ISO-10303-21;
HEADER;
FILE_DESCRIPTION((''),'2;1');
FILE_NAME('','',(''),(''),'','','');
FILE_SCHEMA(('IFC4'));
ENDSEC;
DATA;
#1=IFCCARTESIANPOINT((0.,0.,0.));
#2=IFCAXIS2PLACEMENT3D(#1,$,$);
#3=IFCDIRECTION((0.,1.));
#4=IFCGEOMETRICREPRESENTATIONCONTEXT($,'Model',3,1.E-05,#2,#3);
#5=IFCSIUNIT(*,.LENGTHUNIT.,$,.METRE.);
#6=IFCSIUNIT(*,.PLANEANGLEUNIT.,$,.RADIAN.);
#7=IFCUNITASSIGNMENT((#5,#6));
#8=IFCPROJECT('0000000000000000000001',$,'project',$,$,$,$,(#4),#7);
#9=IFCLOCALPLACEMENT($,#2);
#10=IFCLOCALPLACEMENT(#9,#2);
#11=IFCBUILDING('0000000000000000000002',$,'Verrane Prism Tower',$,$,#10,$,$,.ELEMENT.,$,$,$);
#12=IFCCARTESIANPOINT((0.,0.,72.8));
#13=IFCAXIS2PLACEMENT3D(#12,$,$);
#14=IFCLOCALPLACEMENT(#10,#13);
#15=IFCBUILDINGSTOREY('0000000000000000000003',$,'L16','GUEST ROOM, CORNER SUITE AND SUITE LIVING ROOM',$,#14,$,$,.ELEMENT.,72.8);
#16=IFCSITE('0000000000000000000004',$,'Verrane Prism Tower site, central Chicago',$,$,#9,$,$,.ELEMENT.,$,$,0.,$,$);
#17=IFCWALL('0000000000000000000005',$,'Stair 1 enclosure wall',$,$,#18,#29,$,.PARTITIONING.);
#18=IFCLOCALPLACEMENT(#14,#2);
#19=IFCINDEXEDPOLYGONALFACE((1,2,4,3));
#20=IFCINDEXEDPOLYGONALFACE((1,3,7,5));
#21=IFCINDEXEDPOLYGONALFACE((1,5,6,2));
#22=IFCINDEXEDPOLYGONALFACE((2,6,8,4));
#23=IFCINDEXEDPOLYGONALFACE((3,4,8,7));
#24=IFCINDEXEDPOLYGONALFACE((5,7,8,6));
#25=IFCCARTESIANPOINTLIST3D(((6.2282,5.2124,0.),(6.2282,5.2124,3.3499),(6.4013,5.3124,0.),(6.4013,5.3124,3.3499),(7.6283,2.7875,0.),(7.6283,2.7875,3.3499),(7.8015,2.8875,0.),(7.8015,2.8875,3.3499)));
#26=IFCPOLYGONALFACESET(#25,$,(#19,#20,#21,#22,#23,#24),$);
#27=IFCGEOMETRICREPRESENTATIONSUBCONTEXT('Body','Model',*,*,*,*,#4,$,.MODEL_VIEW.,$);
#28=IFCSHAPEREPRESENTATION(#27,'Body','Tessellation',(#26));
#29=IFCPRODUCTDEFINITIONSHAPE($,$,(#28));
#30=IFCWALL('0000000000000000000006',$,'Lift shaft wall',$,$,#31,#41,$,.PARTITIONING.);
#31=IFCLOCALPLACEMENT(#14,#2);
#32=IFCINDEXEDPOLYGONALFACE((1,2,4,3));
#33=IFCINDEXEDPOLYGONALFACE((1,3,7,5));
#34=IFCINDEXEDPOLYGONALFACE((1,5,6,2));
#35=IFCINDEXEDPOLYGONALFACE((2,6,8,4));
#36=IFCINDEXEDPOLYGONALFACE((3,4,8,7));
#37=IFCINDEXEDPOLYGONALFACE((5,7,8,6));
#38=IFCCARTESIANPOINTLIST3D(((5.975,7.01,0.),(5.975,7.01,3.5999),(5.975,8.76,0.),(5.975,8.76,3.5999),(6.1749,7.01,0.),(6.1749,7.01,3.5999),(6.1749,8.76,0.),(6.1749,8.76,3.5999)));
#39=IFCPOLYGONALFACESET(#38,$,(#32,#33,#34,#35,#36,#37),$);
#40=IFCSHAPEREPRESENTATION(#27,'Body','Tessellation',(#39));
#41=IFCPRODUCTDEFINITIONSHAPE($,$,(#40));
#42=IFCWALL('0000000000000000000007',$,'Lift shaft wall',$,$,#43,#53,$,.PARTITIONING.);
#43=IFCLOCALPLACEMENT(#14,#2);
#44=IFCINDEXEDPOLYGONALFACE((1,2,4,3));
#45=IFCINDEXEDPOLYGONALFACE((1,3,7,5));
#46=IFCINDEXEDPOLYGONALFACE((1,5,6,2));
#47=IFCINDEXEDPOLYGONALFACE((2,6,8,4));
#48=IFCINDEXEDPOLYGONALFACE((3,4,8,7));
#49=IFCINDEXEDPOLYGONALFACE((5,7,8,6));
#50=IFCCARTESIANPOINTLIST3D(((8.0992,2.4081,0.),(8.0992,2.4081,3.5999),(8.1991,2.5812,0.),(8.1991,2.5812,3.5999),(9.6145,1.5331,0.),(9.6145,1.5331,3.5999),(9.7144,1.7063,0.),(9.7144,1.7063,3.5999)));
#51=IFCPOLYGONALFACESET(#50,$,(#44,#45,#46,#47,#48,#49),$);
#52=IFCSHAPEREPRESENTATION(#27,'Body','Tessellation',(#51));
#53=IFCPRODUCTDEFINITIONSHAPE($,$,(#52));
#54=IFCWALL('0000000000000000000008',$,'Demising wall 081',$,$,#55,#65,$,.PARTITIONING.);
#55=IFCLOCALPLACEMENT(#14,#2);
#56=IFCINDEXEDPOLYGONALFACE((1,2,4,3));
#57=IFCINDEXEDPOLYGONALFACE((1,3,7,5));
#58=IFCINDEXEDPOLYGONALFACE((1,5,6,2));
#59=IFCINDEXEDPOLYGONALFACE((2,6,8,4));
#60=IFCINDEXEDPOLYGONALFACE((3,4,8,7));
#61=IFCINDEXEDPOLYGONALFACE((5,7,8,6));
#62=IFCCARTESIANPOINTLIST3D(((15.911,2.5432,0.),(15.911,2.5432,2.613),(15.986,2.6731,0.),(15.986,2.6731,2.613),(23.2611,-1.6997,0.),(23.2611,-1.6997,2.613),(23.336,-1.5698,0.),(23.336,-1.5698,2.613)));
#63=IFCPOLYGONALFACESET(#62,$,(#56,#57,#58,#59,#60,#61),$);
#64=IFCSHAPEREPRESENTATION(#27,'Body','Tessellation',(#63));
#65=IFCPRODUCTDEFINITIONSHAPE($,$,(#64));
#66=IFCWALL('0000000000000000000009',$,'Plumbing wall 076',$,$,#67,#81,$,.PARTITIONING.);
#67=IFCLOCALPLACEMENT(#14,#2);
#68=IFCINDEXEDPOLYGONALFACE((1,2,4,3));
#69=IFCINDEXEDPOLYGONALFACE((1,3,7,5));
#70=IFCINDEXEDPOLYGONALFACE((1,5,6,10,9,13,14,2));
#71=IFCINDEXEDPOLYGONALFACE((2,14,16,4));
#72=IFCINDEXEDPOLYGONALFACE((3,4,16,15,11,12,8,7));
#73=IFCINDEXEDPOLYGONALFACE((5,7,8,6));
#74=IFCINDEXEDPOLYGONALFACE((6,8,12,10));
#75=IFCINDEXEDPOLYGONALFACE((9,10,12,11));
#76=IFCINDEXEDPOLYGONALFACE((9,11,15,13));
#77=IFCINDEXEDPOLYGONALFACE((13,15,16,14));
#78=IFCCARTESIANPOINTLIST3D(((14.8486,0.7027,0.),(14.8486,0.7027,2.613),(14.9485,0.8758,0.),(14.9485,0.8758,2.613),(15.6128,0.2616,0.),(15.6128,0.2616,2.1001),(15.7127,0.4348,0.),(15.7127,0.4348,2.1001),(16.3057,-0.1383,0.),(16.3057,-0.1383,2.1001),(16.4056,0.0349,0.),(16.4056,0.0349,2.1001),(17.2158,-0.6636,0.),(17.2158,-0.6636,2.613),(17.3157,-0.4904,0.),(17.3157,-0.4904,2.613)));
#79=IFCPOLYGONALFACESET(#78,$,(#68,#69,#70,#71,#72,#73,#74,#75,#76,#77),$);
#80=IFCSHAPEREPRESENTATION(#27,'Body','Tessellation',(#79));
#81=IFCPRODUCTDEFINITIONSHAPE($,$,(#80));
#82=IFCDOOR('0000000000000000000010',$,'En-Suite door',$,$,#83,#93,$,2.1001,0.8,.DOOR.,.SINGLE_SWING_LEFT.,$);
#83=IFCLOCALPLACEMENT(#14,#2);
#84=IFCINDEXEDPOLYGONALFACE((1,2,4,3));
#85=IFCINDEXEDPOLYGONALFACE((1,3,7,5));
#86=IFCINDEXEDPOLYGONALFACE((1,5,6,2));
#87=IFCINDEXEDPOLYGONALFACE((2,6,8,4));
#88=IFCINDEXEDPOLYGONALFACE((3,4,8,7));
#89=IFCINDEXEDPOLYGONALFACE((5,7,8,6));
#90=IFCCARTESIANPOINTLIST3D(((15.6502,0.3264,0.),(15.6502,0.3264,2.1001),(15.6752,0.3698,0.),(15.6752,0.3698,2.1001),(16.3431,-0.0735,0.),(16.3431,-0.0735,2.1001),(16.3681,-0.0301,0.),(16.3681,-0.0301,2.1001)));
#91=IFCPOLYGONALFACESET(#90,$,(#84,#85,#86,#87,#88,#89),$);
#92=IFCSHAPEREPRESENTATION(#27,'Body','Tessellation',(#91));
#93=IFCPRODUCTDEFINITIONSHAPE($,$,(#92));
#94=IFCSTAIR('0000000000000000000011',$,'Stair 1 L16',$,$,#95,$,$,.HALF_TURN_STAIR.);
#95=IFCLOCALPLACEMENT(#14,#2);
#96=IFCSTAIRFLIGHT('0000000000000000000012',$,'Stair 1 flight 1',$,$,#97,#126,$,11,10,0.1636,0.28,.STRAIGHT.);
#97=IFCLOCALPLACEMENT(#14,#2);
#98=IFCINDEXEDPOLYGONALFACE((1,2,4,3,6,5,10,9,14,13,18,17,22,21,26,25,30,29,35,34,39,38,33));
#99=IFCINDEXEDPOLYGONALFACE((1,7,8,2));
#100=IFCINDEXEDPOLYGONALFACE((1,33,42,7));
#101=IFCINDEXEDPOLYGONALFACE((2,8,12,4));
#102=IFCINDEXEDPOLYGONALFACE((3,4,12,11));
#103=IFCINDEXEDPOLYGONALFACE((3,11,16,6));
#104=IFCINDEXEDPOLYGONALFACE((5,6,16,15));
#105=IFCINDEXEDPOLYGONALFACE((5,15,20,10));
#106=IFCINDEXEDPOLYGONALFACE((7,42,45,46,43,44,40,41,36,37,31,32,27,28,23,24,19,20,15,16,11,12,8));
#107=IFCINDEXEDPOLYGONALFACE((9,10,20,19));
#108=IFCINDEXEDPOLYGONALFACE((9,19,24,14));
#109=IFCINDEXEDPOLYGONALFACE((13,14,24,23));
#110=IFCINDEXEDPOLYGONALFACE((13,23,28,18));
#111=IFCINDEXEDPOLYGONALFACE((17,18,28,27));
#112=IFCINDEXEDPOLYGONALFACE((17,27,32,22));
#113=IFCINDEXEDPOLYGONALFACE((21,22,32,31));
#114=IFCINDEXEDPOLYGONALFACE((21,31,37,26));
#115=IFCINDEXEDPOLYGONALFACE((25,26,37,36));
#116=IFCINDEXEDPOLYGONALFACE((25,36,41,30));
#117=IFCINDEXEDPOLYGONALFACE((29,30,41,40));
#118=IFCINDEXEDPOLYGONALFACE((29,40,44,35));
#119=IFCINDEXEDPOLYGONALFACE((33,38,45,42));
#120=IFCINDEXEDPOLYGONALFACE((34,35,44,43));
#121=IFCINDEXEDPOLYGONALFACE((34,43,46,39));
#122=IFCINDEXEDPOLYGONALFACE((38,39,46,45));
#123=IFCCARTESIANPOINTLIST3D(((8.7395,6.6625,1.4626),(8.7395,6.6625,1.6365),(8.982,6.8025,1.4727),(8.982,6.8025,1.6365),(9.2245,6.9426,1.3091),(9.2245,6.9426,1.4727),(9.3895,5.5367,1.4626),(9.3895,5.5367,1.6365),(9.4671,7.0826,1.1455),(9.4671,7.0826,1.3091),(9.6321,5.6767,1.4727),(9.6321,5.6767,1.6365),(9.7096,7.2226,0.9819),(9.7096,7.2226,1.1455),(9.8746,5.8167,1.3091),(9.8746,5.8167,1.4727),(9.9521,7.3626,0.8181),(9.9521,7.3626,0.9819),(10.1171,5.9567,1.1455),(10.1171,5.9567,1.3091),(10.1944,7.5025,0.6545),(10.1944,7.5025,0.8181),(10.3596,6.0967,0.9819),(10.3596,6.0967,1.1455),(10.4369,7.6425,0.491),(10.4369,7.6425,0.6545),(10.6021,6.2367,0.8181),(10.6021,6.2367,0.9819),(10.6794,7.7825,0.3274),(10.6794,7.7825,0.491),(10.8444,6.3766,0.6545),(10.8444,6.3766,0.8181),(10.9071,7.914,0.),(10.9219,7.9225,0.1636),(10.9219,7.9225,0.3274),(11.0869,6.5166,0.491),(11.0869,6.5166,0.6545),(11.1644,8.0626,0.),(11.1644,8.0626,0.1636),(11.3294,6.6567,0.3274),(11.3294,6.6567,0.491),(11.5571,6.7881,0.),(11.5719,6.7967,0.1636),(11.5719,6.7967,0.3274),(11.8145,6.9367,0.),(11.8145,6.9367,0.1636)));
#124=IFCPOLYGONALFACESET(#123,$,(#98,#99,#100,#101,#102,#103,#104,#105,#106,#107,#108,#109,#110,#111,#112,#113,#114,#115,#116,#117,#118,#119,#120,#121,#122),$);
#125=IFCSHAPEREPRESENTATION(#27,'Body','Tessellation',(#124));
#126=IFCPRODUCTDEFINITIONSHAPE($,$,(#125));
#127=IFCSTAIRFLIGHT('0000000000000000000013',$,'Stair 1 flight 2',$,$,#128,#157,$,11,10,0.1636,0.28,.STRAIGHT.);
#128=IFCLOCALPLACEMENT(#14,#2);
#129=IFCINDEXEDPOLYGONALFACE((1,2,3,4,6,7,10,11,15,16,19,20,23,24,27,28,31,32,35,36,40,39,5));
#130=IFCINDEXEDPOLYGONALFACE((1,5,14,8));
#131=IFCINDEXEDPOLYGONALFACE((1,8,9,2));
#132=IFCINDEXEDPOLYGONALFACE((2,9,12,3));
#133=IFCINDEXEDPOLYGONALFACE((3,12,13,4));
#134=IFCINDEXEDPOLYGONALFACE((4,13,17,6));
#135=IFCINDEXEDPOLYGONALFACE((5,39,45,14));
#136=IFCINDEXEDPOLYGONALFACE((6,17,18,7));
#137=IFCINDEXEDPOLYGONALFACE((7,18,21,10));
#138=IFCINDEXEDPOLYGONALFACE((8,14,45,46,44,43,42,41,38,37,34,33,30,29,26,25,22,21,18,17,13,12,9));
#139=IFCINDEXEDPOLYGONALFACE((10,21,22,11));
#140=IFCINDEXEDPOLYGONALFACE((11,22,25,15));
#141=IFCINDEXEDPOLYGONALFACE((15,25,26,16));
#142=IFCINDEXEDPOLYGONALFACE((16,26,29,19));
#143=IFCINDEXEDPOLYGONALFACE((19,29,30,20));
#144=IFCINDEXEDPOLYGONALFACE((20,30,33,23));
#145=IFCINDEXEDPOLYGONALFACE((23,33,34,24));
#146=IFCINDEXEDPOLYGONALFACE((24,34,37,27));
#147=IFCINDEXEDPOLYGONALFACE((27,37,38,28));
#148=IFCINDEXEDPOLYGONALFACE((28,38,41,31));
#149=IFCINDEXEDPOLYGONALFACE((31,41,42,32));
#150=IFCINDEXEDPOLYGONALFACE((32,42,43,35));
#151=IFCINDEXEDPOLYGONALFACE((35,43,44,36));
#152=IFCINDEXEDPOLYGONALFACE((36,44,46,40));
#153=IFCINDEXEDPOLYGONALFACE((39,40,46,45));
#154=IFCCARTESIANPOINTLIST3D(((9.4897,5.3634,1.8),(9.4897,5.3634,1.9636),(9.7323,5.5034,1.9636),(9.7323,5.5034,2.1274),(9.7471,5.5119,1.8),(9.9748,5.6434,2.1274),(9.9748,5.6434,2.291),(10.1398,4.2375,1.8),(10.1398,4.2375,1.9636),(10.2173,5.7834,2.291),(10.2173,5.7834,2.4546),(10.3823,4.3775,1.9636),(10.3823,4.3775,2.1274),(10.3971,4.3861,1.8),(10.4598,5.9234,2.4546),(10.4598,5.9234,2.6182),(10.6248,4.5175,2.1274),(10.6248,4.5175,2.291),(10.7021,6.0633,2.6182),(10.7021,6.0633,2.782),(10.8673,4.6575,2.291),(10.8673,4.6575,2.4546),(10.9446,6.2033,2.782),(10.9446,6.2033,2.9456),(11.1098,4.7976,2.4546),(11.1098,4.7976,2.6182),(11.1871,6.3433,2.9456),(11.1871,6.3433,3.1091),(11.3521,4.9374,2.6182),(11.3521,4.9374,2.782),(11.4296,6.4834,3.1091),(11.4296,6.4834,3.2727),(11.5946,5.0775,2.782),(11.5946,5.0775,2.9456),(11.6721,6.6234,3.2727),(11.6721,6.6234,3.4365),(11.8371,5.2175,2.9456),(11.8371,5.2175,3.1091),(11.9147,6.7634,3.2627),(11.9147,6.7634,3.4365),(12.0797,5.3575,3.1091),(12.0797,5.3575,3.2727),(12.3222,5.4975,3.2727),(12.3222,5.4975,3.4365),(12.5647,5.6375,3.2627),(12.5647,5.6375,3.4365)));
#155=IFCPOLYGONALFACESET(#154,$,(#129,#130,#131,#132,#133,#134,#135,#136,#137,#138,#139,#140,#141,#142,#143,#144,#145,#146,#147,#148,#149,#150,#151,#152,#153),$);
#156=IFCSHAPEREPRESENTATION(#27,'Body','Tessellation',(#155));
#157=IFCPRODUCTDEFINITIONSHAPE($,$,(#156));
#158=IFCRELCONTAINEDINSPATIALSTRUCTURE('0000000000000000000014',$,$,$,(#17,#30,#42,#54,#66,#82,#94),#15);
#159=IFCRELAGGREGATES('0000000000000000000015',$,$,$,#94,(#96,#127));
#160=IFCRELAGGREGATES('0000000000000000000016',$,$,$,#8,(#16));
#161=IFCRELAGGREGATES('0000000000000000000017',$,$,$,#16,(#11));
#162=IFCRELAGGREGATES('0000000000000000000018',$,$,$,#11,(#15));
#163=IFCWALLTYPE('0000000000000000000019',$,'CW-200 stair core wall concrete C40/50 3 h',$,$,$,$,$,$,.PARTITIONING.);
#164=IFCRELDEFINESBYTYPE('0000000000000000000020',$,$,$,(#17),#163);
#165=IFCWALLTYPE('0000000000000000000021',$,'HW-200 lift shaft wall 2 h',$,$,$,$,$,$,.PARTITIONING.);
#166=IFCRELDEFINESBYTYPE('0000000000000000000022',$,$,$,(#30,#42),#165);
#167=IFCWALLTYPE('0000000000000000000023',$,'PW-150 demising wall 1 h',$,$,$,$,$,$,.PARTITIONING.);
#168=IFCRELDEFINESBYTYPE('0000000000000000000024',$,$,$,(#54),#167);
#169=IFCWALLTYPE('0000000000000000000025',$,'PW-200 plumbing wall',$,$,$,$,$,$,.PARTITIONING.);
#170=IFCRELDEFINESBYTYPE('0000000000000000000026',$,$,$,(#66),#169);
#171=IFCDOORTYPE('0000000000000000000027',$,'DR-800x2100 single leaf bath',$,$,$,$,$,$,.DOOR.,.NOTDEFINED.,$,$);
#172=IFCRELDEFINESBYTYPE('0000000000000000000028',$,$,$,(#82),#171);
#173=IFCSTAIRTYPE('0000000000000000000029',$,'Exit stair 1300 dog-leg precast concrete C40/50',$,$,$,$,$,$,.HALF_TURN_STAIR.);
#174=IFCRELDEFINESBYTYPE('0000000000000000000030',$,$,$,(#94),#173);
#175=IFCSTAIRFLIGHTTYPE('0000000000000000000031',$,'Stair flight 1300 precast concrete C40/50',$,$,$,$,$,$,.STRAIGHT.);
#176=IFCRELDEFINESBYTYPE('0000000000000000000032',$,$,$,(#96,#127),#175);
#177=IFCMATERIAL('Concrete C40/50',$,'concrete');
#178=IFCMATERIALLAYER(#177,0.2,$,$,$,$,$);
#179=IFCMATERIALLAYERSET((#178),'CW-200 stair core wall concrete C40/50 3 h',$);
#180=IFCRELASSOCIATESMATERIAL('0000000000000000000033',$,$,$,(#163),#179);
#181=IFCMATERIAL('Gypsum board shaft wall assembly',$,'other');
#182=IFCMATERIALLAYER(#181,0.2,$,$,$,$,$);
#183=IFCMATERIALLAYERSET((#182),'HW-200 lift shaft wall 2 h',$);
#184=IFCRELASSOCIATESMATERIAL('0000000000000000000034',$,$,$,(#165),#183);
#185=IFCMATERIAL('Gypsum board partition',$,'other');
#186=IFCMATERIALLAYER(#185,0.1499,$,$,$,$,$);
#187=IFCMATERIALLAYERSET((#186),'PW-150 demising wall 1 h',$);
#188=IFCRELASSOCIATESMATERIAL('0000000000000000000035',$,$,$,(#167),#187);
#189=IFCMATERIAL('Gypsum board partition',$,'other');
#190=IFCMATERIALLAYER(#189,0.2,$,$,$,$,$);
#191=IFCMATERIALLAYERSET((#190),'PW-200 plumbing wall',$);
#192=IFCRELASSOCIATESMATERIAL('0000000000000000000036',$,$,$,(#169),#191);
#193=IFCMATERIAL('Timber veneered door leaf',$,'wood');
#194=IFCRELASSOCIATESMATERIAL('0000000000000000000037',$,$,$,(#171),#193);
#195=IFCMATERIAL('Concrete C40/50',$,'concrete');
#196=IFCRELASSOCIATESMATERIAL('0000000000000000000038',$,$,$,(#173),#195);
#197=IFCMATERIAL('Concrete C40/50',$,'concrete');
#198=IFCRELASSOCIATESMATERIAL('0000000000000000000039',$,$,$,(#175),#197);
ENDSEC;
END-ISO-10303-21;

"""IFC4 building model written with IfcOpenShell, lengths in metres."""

from ifc_helpers import new_model, si_unit, direction, frame, frame_2d, origin, place, context, subcontext, project, spatial, polyline, rectangle, outline, extrude, material, layer, layer_set, type_object, element, fill, aggregate, save


model = new_model("IFC4")

# Units and contexts
model_context = context("Model", 3, precision=1e-05, world=origin(), true_north=direction((0.0, 1.0)))
body_context = subcontext(model_context, "Body", "Model", "MODEL_VIEW")
ifc_project = project(units=[si_unit("LENGTHUNIT", "METRE"), si_unit("PLANEANGLEUNIT", "RADIAN")], contexts=[model_context])

# Site, building, storey
site_placement = place(None, origin())
site = spatial("IfcSite", under=ifc_project, at=site_placement, Name="Verrane Prism Tower site, central Chicago", CompositionType="ELEMENT", RefElevation=0.0)
building_placement = place(site_placement, origin())
building = spatial("IfcBuilding", under=site, at=building_placement, Name="Verrane Prism Tower", CompositionType="ELEMENT")
storey_placement = place(building_placement, frame((0.0, 0.0, 72.8)))
storey = spatial("IfcBuildingStorey", under=building, at=storey_placement, Name="L16", Description="GUEST ROOM, CORNER SUITE AND SUITE LIVING ROOM", CompositionType="ELEMENT", Elevation=72.8)

# Walls
ifc_material_1 = material(Name="Concrete C40/50", Category="concrete")
ifc_layer_1 = layer(ifc_material_1, 0.2)
ifc_layer_set_1 = layer_set([ifc_layer_1], Name="CW-200 stair core wall concrete C40/50 3 h")
wall_type_1 = type_object("IfcWallType", Name="CW-200 stair core wall concrete C40/50 3 h", PredefinedType="PARTITIONING", material=ifc_layer_set_1)
wall_1_placement = place(storey_placement, frame((7.7148, 2.8376, 0.0), z_axis=(0.0, 0.0, 1.0), x_axis=(-0.50005, 0.865997, 0.0)))
element("IfcWall", 1, at=wall_1_placement, inside=storey, type_object=wall_type_1, Name="Stair 1 enclosure wall", PredefinedType="PARTITIONING", context=body_context, shape_type="SweptSolid", body=[
    extrude(rectangle(XDim=2.8, YDim=0.2, at=frame_2d((1.3999, 0.0))), origin(), (0.0, 0.0, 1.0), 3.3499),
])
ifc_material_2 = material(Name="Gypsum board shaft wall assembly", Category="other")
ifc_layer_2 = layer(ifc_material_2, 0.2)
ifc_layer_set_2 = layer_set([ifc_layer_2], Name="HW-200 lift shaft wall 2 h")
wall_type_2 = type_object("IfcWallType", Name="HW-200 lift shaft wall 2 h", PredefinedType="PARTITIONING", material=ifc_layer_set_2)
wall_2_placement = place(storey_placement, frame((6.075, 7.01, 0.0), z_axis=(0.0, 0.0, 1.0), x_axis=(0.0, 1.0, 0.0)))
element("IfcWall", 2, at=wall_2_placement, inside=storey, type_object=wall_type_2, Name="Lift shaft wall", PredefinedType="PARTITIONING", context=body_context, shape_type="SweptSolid", body=[
    extrude(rectangle(XDim=1.75, YDim=0.2, at=frame_2d((0.875, 0.0))), origin(), (0.0, 0.0, 1.0), 3.5999),
])
wall_3_placement = place(storey_placement, frame((9.6646, 1.6196, 0.0), z_axis=(0.0, 0.0, 1.0), x_axis=(-0.866002, 0.50004, 0.0)))
element("IfcWall", 3, at=wall_3_placement, inside=storey, type_object=wall_type_2, Name="Lift shaft wall", PredefinedType="PARTITIONING", context=body_context, shape_type="SweptSolid", body=[
    extrude(rectangle(XDim=1.7498, YDim=0.2, at=frame_2d((0.875, 0.0))), origin(), (0.0, 0.0, 1.0), 3.5999),
])
ifc_material_3 = material(Name="Gypsum board partition", Category="other")
ifc_layer_3 = layer(ifc_material_3, 0.1499)
ifc_layer_set_3 = layer_set([ifc_layer_3], Name="PW-150 demising wall 1 h")
wall_type_3 = type_object("IfcWallType", Name="PW-150 demising wall 1 h", PredefinedType="PARTITIONING", material=ifc_layer_set_3)
wall_4_placement = place(storey_placement, frame((15.9485, 2.6082, 0.0), z_axis=(0.0, 0.0, 1.0), x_axis=(0.866059, -0.499942, 0.0)))
element("IfcWall", 4, at=wall_4_placement, inside=storey, type_object=wall_type_3, Name="Demising wall 081", PredefinedType="PARTITIONING", context=body_context, shape_type="SweptSolid", body=[
    extrude(rectangle(XDim=8.4868, YDim=0.1499, at=frame_2d((4.2434, 0.0))), origin(), (0.0, 0.0, 1.0), 2.613),
])

# Wall, opening, door
ifc_material_4 = material(Name="Gypsum board partition", Category="other")
ifc_layer_4 = layer(ifc_material_4, 0.2)
ifc_layer_set_4 = layer_set([ifc_layer_4], Name="PW-200 plumbing wall")
wall_type_4 = type_object("IfcWallType", Name="PW-200 plumbing wall", PredefinedType="PARTITIONING", material=ifc_layer_set_4)
wall_5_placement = place(storey_placement, frame((14.8984, 0.7893, 0.0), z_axis=(0.0, 0.0, 1.0), x_axis=(0.866102, -0.499867, 0.0)))
wall_5 = element("IfcWall", 5, at=wall_5_placement, inside=storey, type_object=wall_type_4, Name="Plumbing wall 076", PredefinedType="PARTITIONING", context=body_context, shape_type="SweptSolid", body=[
    extrude(rectangle(XDim=2.7332, YDim=0.2, at=frame_2d((1.3667, 0.0))), origin(), (0.0, 0.0, 1.0), 2.613),
])
opening_placement = place(wall_5_placement, frame((0.8826, 0.0, 0.0)))
opening = element("IfcOpeningElement", 6, at=opening_placement, cuts=wall_5, PredefinedType="OPENING", context=body_context, shape_type="SweptSolid", body=[
    extrude(rectangle(XDim=0.8, YDim=2.1001, at=frame_2d((0.3999, 1.05))), frame((0.0, 0.1099, 0.0), z_axis=(0.0, -1.0, 0.0), x_axis=(1.0, 0.0, 0.0)), (0.0, 0.0, 1.0), 0.22),
])
ifc_material_5 = material(Name="Timber veneered door leaf", Category="wood")
door_type = type_object("IfcDoorType", Name="DR-800x2100 single leaf bath", OperationType="NOTDEFINED", PredefinedType="DOOR", material=ifc_material_5)
door_placement = place(opening_placement, origin())
door = element("IfcDoor", 7, at=door_placement, inside=storey, type_object=door_type, Name="En-Suite door", OperationType="SINGLE_SWING_LEFT", OverallHeight=2.1001, OverallWidth=0.8, PredefinedType="DOOR", context=body_context, shape_type="SweptSolid", body=[
    extrude(rectangle(XDim=0.8, YDim=2.1001, at=frame_2d((0.3999, 1.05))), frame((0.0, 0.0249, 0.0), z_axis=(0.0, -1.0, 0.0), x_axis=(1.0, 0.0, 0.0)), (0.0, 0.0, 1.0), 0.05),
])
fill(opening, door)

# Stair, stair flights
ifc_material_6 = material(Name="Concrete C40/50", Category="concrete")
stair_type = type_object("IfcStairType", Name="Exit stair 1300 dog-leg precast concrete C40/50", PredefinedType="HALF_TURN_STAIR", material=ifc_material_6)
stair_placement = place(storey_placement, origin())
stair = element("IfcStair", 8, at=stair_placement, inside=storey, type_object=stair_type, Name="Stair 1 L16", PredefinedType="HALF_TURN_STAIR")
ifc_material_7 = material(Name="Concrete C40/50", Category="concrete")
stair_flight_type = type_object("IfcStairFlightType", Name="Stair flight 1300 precast concrete C40/50", PredefinedType="STRAIGHT", material=ifc_material_7)
stair_flight_1_placement = place(storey_placement, frame((11.4895, 7.4995, 0.0), z_axis=(0.0, 0.0, 1.0), x_axis=(-0.866025, -0.5, 0.0)))
stair_flight_1 = element("IfcStairFlight", 9, at=stair_flight_1_placement, type_object=stair_flight_type, Name="Stair 1 flight 1", NumberOfRisers=11, NumberOfTreads=10, PredefinedType="STRAIGHT", RiserHeight=0.1636, TreadLength=0.28, context=body_context, shape_type="SweptSolid", body=[
    extrude(outline(polyline([(0.0, 0.0), (0.0, 0.1636), (0.28, 0.1636), (0.28, 0.3274), (0.5601, 0.3274), (0.5601, 0.491), (0.8401, 0.491), (0.8401, 0.6545), (1.1201, 0.6545), (1.1201, 0.8181), (1.3999, 0.8181), (1.3999, 0.9819), (1.6799, 0.9819), (1.6799, 1.1455), (1.96, 1.1455), (1.96, 1.3091), (2.24, 1.3091), (2.24, 1.4727), (2.52, 1.4727), (2.52, 1.6365), (2.8, 1.6365), (2.8, 1.8), (2.8, 1.4626), (0.2971, 0.0), (0.0, 0.0)])), frame((0.0, 0.6499, 0.0), z_axis=(0.0, -1.0, 0.0), x_axis=(1.0, 0.0, 0.0)), (0.0, 0.0, 1.0), 1.3),
])
stair_flight_2_placement = place(storey_placement, frame((9.8147, 4.8005, 1.8), z_axis=(0.0, 0.0, 1.0), x_axis=(0.866025, 0.5, 0.0)))
stair_flight_2 = element("IfcStairFlight", 10, at=stair_flight_2_placement, type_object=stair_flight_type, Name="Stair 1 flight 2", NumberOfRisers=11, NumberOfTreads=10, PredefinedType="STRAIGHT", RiserHeight=0.1636, TreadLength=0.28, context=body_context, shape_type="SweptSolid", body=[
    extrude(outline(polyline([(0.0, 0.0), (0.0, 0.1636), (0.28, 0.1636), (0.28, 0.3274), (0.5601, 0.3274), (0.5601, 0.491), (0.8401, 0.491), (0.8401, 0.6545), (1.1201, 0.6545), (1.1201, 0.8181), (1.3999, 0.8181), (1.3999, 0.9819), (1.6799, 0.9819), (1.6799, 1.1455), (1.96, 1.1455), (1.96, 1.3091), (2.24, 1.3091), (2.24, 1.4727), (2.52, 1.4727), (2.52, 1.6365), (2.8, 1.6365), (2.8, 1.8), (2.8, 1.4626), (0.2971, 0.0), (0.0, 0.0)])), frame((0.0, 0.6499, 0.0), z_axis=(0.0, -1.0, 0.0), x_axis=(1.0, 0.0, 0.0)), (0.0, 0.0, 1.0), 1.3),
])
aggregate(stair, [stair_flight_1, stair_flight_2])

save(model, "model.ifc")
